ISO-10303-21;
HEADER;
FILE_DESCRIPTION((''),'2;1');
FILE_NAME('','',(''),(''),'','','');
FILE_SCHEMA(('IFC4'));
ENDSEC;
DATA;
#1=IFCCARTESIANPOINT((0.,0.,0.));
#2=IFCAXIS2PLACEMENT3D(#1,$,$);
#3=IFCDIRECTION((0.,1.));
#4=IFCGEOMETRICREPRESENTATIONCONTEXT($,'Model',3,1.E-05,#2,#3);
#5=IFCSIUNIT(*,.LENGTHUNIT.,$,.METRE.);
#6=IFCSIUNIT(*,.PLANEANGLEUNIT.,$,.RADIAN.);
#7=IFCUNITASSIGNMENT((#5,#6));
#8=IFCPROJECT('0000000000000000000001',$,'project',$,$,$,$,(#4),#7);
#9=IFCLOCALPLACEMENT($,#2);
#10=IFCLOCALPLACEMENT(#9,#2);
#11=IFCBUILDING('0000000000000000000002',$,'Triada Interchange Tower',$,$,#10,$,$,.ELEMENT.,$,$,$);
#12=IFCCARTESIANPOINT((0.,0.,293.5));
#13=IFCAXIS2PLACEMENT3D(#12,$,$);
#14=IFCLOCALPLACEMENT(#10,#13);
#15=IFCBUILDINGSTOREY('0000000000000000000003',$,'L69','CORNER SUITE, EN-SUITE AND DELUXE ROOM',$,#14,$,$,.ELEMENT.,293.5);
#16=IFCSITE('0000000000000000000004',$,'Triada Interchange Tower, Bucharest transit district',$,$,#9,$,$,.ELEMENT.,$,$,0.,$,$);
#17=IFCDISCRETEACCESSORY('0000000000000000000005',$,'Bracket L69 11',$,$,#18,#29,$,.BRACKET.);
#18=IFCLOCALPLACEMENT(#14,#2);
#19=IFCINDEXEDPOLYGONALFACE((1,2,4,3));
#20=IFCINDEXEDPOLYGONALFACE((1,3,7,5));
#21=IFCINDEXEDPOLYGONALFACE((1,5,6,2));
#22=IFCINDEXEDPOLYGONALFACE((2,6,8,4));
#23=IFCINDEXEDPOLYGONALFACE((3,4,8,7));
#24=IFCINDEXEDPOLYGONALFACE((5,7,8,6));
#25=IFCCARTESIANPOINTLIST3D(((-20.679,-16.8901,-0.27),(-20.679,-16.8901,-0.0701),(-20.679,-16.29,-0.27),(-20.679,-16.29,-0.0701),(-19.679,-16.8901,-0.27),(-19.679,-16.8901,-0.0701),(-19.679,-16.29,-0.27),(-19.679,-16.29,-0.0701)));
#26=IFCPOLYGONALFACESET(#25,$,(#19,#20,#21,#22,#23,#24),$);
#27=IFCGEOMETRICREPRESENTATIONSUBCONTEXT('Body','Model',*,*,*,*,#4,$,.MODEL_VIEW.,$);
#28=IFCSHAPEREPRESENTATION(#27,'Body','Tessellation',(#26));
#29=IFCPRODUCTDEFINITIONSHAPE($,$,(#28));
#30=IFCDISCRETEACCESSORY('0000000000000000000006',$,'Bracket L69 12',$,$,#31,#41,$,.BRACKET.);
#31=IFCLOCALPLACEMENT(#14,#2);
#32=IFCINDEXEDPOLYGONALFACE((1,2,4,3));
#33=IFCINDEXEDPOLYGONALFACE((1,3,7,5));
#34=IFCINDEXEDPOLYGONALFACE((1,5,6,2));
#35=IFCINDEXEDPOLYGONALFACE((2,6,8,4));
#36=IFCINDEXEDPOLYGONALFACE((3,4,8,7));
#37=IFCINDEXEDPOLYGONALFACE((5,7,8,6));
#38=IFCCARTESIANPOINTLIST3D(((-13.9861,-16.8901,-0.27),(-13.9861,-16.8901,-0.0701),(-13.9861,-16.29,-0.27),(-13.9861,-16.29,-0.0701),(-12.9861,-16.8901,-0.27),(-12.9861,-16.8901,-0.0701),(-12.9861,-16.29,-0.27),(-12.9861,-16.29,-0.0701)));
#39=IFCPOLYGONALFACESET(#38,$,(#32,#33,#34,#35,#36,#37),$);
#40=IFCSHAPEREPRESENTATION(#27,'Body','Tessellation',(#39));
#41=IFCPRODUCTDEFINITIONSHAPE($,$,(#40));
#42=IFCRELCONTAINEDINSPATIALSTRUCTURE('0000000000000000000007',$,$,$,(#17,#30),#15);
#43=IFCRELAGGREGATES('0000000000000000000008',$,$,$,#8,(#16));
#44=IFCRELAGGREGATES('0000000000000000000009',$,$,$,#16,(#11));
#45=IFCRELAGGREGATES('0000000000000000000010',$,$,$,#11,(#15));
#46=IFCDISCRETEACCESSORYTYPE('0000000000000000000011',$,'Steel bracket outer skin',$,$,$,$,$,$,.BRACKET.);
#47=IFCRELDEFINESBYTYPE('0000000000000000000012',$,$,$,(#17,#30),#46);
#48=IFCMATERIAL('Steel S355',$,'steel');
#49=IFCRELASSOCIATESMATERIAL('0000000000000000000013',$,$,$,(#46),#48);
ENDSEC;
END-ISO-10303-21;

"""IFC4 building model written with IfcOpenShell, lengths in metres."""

from ifc_helpers import new_model, si_unit, direction, frame, origin, origin_2d, place, context, subcontext, project, spatial, rectangle, extrude, material, type_object, element, save


model = new_model("IFC4")

# Units and contexts
model_context = context("Model", 3, precision=1e-05, world=origin(), true_north=direction((0.0, 1.0)))
body_context = subcontext(model_context, "Body", "Model", "MODEL_VIEW")
ifc_project = project(units=[si_unit("LENGTHUNIT", "METRE"), si_unit("PLANEANGLEUNIT", "RADIAN")], contexts=[model_context])

# Site, building, storey
site_placement = place(None, origin())
site = spatial("IfcSite", under=ifc_project, at=site_placement, Name="Triada Interchange Tower, Bucharest transit district", CompositionType="ELEMENT", RefElevation=0.0)
building_placement = place(site_placement, origin())
building = spatial("IfcBuilding", under=site, at=building_placement, Name="Triada Interchange Tower", CompositionType="ELEMENT")
storey_placement = place(building_placement, frame((0.0, 0.0, 293.5)))
storey = spatial("IfcBuildingStorey", under=building, at=storey_placement, Name="L69", Description="CORNER SUITE, EN-SUITE AND DELUXE ROOM", CompositionType="ELEMENT", Elevation=293.5)

# Discrete accessories
ifc_material_1 = material(Name="Steel S355", Category="steel")
discrete_accessory_type = type_object("IfcDiscreteAccessoryType", Name="Steel bracket outer skin", PredefinedType="BRACKET", material=ifc_material_1)
for number, where, z_axis, x_axis, name in (
    (1, (-20.179, -16.5901, -0.27), (0.0, 0.0, 1.0), (0.0, -1.0, 0.0), "Bracket L69 11"),
    (2, (-13.4861, -16.5901, -0.27), (0.0, 0.0, 1.0), (0.0, -1.0, 0.0), "Bracket L69 12"),
):
    element("IfcDiscreteAccessory", number, at=place(storey_placement, frame(where, z_axis=z_axis, x_axis=x_axis)), inside=storey, type_object=discrete_accessory_type, Name=name, PredefinedType="BRACKET", context=body_context, shape_type="SweptSolid", body=[
        extrude(rectangle(XDim=0.6001, YDim=1.0, at=origin_2d()), origin(), (0.0, 0.0, 1.0), 0.2),
    ])

save(model, "model.ifc")
